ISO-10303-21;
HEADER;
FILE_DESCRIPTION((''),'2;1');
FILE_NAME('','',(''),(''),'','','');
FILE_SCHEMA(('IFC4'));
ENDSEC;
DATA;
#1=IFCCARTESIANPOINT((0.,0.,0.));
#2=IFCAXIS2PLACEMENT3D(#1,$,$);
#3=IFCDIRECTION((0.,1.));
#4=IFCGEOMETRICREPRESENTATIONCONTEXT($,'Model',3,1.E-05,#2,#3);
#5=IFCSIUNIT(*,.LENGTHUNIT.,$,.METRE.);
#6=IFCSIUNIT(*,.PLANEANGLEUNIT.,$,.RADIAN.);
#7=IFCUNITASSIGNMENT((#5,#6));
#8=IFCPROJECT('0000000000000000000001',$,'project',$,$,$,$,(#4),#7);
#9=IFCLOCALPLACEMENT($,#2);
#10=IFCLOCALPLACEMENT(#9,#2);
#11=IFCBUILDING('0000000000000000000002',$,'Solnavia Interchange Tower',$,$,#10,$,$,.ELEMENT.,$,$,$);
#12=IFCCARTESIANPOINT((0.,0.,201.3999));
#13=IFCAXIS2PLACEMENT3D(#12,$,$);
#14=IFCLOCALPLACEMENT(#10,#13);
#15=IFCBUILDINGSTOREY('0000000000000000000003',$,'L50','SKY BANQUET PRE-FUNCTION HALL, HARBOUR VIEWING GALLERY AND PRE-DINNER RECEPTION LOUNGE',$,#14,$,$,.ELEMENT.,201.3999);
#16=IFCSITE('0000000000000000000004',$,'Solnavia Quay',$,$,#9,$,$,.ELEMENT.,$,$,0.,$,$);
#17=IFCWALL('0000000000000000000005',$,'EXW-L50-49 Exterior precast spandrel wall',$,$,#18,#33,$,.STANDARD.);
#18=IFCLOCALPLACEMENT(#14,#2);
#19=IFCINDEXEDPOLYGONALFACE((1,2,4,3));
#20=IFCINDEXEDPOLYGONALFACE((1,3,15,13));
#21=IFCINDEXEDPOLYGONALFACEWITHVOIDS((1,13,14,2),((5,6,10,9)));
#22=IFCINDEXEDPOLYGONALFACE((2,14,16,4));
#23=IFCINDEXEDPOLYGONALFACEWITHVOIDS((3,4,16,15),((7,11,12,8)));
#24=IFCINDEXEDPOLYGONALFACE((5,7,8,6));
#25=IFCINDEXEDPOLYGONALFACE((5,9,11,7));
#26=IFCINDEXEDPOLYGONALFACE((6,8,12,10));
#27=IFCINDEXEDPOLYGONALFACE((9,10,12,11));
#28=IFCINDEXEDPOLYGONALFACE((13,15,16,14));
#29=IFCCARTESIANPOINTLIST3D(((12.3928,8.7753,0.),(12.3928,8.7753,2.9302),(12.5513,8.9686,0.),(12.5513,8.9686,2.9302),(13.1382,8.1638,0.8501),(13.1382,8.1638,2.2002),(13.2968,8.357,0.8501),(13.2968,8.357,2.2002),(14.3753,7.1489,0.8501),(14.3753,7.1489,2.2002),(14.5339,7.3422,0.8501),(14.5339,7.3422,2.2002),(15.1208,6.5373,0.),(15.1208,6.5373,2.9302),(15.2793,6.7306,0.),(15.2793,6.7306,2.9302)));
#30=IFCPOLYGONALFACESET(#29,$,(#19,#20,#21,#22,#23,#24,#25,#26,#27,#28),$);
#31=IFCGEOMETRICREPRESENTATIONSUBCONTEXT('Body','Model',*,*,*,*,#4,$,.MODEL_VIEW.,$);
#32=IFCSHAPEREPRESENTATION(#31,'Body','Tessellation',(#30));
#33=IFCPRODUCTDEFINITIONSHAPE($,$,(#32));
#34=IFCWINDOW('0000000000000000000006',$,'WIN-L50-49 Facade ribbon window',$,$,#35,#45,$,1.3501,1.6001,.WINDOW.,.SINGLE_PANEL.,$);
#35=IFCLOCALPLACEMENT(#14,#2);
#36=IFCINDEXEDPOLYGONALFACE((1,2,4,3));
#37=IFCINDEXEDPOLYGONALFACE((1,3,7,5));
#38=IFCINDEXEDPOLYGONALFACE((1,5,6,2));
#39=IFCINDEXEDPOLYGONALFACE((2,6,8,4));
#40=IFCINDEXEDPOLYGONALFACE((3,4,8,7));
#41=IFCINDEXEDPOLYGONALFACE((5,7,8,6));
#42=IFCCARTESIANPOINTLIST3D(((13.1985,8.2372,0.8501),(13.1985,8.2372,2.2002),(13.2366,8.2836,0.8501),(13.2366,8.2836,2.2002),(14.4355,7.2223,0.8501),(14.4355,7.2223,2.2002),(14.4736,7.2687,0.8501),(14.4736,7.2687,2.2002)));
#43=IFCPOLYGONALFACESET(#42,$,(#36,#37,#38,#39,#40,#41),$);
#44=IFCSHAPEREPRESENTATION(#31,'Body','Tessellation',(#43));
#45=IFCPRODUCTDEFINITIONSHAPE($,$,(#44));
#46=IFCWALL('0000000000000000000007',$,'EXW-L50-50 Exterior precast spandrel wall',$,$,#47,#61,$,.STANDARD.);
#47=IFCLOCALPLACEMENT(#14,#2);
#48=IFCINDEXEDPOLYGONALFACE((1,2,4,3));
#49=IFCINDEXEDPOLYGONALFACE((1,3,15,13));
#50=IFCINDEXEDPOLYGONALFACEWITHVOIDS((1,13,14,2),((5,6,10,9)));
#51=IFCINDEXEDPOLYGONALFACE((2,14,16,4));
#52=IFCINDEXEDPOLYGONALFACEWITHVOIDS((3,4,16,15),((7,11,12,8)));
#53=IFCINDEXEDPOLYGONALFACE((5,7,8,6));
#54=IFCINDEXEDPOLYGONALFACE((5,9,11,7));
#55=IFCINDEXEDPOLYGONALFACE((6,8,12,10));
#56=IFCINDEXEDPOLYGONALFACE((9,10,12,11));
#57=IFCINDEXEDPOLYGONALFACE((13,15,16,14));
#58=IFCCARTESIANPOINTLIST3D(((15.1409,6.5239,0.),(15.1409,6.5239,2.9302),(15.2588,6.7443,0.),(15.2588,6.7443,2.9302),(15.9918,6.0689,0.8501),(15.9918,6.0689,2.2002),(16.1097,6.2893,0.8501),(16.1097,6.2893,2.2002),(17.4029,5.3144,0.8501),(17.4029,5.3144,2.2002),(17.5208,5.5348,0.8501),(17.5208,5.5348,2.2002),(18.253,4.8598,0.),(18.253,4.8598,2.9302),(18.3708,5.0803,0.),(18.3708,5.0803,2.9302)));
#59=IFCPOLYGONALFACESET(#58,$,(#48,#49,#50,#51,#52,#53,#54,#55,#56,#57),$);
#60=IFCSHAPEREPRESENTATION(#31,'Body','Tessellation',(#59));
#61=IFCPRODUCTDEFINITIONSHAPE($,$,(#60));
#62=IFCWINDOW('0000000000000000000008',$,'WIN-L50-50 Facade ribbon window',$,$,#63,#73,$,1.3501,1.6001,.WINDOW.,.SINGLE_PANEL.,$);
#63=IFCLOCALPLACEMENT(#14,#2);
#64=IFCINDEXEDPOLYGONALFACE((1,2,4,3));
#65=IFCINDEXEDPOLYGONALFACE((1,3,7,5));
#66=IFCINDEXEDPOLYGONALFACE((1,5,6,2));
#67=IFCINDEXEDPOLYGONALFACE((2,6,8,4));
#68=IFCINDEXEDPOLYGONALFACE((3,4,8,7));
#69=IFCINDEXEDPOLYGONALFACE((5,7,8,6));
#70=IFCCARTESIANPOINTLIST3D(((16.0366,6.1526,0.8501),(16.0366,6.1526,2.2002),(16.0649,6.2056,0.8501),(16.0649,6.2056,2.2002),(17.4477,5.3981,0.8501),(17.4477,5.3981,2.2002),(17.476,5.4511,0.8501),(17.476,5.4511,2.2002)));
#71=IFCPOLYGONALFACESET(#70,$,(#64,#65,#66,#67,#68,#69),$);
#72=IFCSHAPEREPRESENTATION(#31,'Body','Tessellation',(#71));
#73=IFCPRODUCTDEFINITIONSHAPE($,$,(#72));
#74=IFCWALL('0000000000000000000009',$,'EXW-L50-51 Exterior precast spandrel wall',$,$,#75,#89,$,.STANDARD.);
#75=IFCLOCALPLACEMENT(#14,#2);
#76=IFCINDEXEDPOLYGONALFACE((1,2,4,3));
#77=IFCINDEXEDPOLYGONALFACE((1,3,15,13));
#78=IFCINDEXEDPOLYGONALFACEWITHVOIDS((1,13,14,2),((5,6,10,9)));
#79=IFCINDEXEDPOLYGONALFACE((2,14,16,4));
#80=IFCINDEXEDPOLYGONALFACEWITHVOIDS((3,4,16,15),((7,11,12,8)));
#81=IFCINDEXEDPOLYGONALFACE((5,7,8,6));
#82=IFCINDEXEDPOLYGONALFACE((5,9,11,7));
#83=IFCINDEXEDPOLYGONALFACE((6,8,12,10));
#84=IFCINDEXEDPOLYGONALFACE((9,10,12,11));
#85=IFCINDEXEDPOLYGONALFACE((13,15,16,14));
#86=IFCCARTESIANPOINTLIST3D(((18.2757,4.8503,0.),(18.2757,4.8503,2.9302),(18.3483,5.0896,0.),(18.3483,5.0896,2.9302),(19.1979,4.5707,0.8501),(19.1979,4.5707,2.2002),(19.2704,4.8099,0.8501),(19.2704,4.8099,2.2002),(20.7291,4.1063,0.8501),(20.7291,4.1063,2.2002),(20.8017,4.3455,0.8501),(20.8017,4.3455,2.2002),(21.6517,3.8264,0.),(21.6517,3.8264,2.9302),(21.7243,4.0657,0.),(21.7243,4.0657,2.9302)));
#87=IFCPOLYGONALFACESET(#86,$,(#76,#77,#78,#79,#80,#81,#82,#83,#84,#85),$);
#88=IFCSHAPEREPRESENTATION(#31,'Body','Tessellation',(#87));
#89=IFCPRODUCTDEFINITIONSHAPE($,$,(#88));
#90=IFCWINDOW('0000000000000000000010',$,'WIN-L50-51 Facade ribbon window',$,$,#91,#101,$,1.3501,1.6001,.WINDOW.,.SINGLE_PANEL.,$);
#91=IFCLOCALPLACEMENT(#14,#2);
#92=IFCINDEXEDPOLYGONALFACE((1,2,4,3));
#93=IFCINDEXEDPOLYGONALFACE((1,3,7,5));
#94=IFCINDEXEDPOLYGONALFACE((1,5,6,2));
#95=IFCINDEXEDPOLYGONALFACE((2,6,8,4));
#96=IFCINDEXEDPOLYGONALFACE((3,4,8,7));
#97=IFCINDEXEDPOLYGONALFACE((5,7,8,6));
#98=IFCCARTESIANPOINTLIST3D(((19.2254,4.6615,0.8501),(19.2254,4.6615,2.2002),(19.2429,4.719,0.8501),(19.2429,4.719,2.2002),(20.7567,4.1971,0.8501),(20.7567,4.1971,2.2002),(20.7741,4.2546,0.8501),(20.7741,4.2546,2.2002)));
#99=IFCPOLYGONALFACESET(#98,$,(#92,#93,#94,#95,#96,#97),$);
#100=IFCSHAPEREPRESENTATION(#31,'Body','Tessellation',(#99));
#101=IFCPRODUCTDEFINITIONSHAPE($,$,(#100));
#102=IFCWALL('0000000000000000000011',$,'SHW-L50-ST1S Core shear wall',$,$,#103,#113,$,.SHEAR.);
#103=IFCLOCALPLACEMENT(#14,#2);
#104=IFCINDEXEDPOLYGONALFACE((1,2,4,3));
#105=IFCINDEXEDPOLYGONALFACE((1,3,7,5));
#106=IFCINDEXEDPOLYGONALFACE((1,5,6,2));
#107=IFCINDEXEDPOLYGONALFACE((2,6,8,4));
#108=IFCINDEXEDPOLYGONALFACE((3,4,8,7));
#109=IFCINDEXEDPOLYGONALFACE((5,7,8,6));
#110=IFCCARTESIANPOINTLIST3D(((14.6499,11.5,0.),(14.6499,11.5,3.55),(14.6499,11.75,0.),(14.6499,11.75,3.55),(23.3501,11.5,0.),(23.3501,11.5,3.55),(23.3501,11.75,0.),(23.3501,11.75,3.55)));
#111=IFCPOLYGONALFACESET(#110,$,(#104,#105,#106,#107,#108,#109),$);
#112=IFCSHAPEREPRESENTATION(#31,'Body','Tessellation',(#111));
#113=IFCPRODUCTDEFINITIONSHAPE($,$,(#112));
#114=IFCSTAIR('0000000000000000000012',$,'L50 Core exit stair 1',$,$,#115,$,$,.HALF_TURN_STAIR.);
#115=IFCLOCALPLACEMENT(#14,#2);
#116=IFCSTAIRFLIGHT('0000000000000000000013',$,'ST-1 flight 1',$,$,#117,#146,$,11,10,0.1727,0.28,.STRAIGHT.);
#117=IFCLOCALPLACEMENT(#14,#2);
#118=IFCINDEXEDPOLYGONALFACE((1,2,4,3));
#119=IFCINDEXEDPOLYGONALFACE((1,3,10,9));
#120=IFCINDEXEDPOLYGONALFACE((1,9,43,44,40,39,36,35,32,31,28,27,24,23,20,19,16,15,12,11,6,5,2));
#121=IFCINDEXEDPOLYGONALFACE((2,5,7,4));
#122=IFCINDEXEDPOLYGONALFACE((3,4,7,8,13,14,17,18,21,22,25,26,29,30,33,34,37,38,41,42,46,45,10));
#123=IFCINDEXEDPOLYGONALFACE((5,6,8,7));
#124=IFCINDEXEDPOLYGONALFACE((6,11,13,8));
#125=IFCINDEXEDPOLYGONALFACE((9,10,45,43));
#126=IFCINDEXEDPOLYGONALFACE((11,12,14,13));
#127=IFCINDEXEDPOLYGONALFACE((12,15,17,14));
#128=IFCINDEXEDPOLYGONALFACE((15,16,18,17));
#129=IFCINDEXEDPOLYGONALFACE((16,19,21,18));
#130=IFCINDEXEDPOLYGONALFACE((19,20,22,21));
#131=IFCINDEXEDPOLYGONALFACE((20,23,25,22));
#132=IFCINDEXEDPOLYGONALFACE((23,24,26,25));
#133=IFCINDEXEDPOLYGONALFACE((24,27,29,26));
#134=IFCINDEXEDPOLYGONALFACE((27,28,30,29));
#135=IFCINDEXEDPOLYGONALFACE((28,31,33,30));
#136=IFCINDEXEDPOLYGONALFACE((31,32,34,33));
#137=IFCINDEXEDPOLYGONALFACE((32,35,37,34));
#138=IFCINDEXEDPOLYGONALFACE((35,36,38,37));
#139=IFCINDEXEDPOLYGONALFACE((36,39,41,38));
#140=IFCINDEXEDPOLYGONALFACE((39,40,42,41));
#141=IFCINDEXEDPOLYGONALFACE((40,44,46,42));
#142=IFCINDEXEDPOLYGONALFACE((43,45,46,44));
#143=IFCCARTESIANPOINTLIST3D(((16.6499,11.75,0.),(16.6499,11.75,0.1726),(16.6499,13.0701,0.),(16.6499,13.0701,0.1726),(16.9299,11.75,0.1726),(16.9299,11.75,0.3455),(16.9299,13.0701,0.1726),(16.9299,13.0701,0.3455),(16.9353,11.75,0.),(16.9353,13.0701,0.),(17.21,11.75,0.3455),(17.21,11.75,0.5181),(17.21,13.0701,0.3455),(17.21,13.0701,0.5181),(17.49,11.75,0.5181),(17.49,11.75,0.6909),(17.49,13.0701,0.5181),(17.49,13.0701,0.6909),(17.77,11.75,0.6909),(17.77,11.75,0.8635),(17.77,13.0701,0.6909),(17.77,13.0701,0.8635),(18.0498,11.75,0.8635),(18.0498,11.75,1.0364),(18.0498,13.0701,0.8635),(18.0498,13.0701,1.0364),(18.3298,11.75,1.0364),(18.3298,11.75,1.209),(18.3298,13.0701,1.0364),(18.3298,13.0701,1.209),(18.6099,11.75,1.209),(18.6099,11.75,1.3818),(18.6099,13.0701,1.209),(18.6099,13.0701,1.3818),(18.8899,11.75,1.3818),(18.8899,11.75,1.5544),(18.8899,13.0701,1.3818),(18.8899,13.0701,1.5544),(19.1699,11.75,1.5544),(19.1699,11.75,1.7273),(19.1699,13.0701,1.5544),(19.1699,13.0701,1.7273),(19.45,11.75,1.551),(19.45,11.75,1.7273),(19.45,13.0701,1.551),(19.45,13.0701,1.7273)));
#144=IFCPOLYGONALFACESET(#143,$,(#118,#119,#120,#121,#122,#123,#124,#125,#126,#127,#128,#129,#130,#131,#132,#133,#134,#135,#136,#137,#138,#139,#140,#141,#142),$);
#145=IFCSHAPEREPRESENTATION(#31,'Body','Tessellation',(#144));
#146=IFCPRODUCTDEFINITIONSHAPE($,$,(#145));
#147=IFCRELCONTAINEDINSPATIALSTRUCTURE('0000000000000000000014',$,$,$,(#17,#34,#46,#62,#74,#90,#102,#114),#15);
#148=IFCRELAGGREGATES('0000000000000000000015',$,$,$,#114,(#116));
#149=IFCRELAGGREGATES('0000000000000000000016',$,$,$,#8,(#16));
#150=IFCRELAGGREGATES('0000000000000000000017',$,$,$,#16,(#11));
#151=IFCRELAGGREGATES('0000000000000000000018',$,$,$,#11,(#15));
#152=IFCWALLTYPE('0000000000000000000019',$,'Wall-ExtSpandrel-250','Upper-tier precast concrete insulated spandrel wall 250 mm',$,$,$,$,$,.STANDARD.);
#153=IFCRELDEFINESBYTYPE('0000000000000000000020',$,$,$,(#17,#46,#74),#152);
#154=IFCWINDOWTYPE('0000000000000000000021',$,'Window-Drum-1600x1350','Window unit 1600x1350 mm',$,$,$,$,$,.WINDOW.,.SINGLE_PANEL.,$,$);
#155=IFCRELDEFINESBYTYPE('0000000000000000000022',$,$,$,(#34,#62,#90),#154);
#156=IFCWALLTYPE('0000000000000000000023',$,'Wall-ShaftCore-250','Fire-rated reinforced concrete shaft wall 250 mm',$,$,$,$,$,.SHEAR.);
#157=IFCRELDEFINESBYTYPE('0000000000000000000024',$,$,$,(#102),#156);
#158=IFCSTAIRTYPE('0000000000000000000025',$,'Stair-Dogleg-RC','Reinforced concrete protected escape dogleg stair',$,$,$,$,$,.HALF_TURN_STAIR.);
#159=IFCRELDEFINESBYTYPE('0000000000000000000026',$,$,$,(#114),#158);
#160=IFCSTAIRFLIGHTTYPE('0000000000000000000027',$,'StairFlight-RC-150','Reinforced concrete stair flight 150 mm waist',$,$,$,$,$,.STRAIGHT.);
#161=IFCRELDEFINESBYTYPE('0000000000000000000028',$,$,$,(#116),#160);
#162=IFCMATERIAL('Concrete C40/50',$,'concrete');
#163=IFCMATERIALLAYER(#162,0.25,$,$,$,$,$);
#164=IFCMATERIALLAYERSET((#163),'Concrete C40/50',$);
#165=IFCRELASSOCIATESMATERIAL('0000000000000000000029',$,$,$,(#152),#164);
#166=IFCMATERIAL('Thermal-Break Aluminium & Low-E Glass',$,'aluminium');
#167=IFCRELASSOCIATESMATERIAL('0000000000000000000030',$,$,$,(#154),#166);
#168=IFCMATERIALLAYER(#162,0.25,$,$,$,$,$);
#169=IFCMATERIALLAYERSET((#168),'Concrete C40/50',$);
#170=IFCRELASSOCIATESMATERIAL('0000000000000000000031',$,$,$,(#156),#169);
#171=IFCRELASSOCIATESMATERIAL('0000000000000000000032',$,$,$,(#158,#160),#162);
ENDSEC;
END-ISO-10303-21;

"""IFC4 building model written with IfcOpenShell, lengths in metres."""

from ifc_helpers import new_model, si_unit, direction, frame, frame_2d, origin, place, context, subcontext, project, spatial, polyline, rectangle, outline, extrude, material, layer, layer_set, type_object, element, fill, aggregate, save


model = new_model("IFC4")

# Units and contexts
model_context = context("Model", 3, precision=1e-05, world=origin(), true_north=direction((0.0, 1.0)))
body_context = subcontext(model_context, "Body", "Model", "MODEL_VIEW")
ifc_project = project(units=[si_unit("LENGTHUNIT", "METRE"), si_unit("PLANEANGLEUNIT", "RADIAN")], contexts=[model_context])

# Site, building, storey
site_placement = place(None, origin())
site = spatial("IfcSite", under=ifc_project, at=site_placement, Name="Solnavia Quay", CompositionType="ELEMENT", RefElevation=0.0)
building_placement = place(site_placement, origin())
building = spatial("IfcBuilding", under=site, at=building_placement, Name="Solnavia Interchange Tower", CompositionType="ELEMENT")
storey_placement = place(building_placement, frame((0.0, 0.0, 201.3999)))
storey = spatial("IfcBuildingStorey", under=building, at=storey_placement, Name="L50", Description="SKY BANQUET PRE-FUNCTION HALL, HARBOUR VIEWING GALLERY AND PRE-DINNER RECEPTION LOUNGE", CompositionType="ELEMENT", Elevation=201.3999)

# Walls, openings, windows
ifc_material_1 = material(Name="Concrete C40/50", Category="concrete")
ifc_layer_1 = layer(ifc_material_1, 0.25)
ifc_layer_set_1 = layer_set([ifc_layer_1], Name="Concrete C40/50")
wall_type_1 = type_object("IfcWallType", Name="Wall-ExtSpandrel-250", Description="Upper-tier precast concrete insulated spandrel wall 250 mm", PredefinedType="STANDARD", material=ifc_layer_set_1)
wall_1_placement = place(storey_placement, frame((15.2, 6.634, 0.0), z_axis=(0.0, 0.0, 1.0), x_axis=(-0.773121, 0.634258, 0.0)))
wall_1 = element("IfcWall", 1, at=wall_1_placement, inside=storey, type_object=wall_type_1, Name="EXW-L50-49 Exterior precast spandrel wall", PredefinedType="STANDARD", context=body_context, shape_type="SweptSolid", body=[
    extrude(rectangle(XDim=3.5286, YDim=0.25, at=frame_2d((1.7642, 0.0))), origin(), (0.0, 0.0, 1.0), 2.9302),
])
opening_1_placement = place(wall_1_placement, frame((0.9641, 0.0, 0.8501)))
opening_1 = element("IfcOpeningElement", 2, at=opening_1_placement, cuts=wall_1, PredefinedType="OPENING", context=body_context, shape_type="SweptSolid", body=[
    extrude(rectangle(XDim=1.6001, YDim=1.3501, at=frame_2d((0.8, 0.675))), frame((0.0, 0.135, 0.0), z_axis=(0.0, -1.0, 0.0), x_axis=(1.0, 0.0, 0.0)), (0.0, 0.0, 1.0), 0.27),
])
ifc_material_2 = material(Name="Thermal-Break Aluminium & Low-E Glass", Category="aluminium")
window_type = type_object("IfcWindowType", Name="Window-Drum-1600x1350", Description="Window unit 1600x1350 mm", PartitioningType="SINGLE_PANEL", PredefinedType="WINDOW", material=ifc_material_2)
window_1_placement = place(opening_1_placement, origin())
window_1 = element("IfcWindow", 3, at=window_1_placement, inside=storey, type_object=window_type, Name="WIN-L50-49 Facade ribbon window", OverallHeight=1.3501, OverallWidth=1.6001, PartitioningType="SINGLE_PANEL", PredefinedType="WINDOW", context=body_context, shape_type="SweptSolid", body=[
    extrude(rectangle(XDim=1.6001, YDim=1.3501, at=frame_2d((0.8, 0.675))), frame((0.0, 0.03, 0.0), z_axis=(0.0, -1.0, 0.0), x_axis=(1.0, 0.0, 0.0)), (0.0, 0.0, 1.0), 0.0601),
])
fill(opening_1, window_1)
wall_2_placement = place(storey_placement, frame((18.312, 4.97, 0.0), z_axis=(0.0, 0.0, 1.0), x_axis=(-0.881847, 0.471536, 0.0)))
wall_2 = element("IfcWall", 4, at=wall_2_placement, inside=storey, type_object=wall_type_1, Name="EXW-L50-50 Exterior precast spandrel wall", PredefinedType="STANDARD", context=body_context, shape_type="SweptSolid", body=[
    extrude(rectangle(XDim=3.5291, YDim=0.25, at=frame_2d((1.7646, 0.0))), origin(), (0.0, 0.0, 1.0), 2.9302),
])
opening_2_placement = place(wall_2_placement, frame((0.9641, 0.0, 0.8501)))
opening_2 = element("IfcOpeningElement", 5, at=opening_2_placement, cuts=wall_2, PredefinedType="OPENING", context=body_context, shape_type="SweptSolid", body=[
    extrude(rectangle(XDim=1.6001, YDim=1.3501, at=frame_2d((0.8, 0.675))), frame((0.0, 0.135, 0.0), z_axis=(0.0, -1.0, 0.0), x_axis=(1.0, 0.0, 0.0)), (0.0, 0.0, 1.0), 0.27),
])
window_2_placement = place(opening_2_placement, origin())
window_2 = element("IfcWindow", 6, at=window_2_placement, inside=storey, type_object=window_type, Name="WIN-L50-50 Facade ribbon window", OverallHeight=1.3501, OverallWidth=1.6001, PartitioningType="SINGLE_PANEL", PredefinedType="WINDOW", context=body_context, shape_type="SweptSolid", body=[
    extrude(rectangle(XDim=1.6001, YDim=1.3501, at=frame_2d((0.8, 0.675))), frame((0.0, 0.03, 0.0), z_axis=(0.0, -1.0, 0.0), x_axis=(1.0, 0.0, 0.0)), (0.0, 0.0, 1.0), 0.0601),
])
fill(opening_2, window_2)
wall_3_placement = place(storey_placement, frame((21.688, 3.946, 0.0), z_axis=(0.0, 0.0, 1.0), x_axis=(-0.956953, 0.290242, 0.0)))
wall_3 = element("IfcWall", 7, at=wall_3_placement, inside=storey, type_object=wall_type_1, Name="EXW-L50-51 Exterior precast spandrel wall", PredefinedType="STANDARD", context=body_context, shape_type="SweptSolid", body=[
    extrude(rectangle(XDim=3.5278, YDim=0.25, at=frame_2d((1.7639, 0.0))), origin(), (0.0, 0.0, 1.0), 2.9302),
])
opening_3_placement = place(wall_3_placement, frame((0.9641, 0.0, 0.8501)))
opening_3 = element("IfcOpeningElement", 8, at=opening_3_placement, cuts=wall_3, PredefinedType="OPENING", context=body_context, shape_type="SweptSolid", body=[
    extrude(rectangle(XDim=1.6001, YDim=1.3501, at=frame_2d((0.8, 0.675))), frame((0.0, 0.135, 0.0), z_axis=(0.0, -1.0, 0.0), x_axis=(1.0, 0.0, 0.0)), (0.0, 0.0, 1.0), 0.27),
])
window_3_placement = place(opening_3_placement, origin())
window_3 = element("IfcWindow", 9, at=window_3_placement, inside=storey, type_object=window_type, Name="WIN-L50-51 Facade ribbon window", OverallHeight=1.3501, OverallWidth=1.6001, PartitioningType="SINGLE_PANEL", PredefinedType="WINDOW", context=body_context, shape_type="SweptSolid", body=[
    extrude(rectangle(XDim=1.6001, YDim=1.3501, at=frame_2d((0.8, 0.675))), frame((0.0, 0.03, 0.0), z_axis=(0.0, -1.0, 0.0), x_axis=(1.0, 0.0, 0.0)), (0.0, 0.0, 1.0), 0.0601),
])
fill(opening_3, window_3)

# Wall
ifc_layer_2 = layer(ifc_material_1, 0.25)
ifc_layer_set_2 = layer_set([ifc_layer_2], Name="Concrete C40/50")
wall_type_2 = type_object("IfcWallType", Name="Wall-ShaftCore-250", Description="Fire-rated reinforced concrete shaft wall 250 mm", PredefinedType="SHEAR", material=ifc_layer_set_2)
wall_4_placement = place(storey_placement, frame((14.6499, 11.625, 0.0), z_axis=(0.0, 0.0, 1.0), x_axis=(1.0, 0.0, 0.0)))
element("IfcWall", 10, at=wall_4_placement, inside=storey, type_object=wall_type_2, Name="SHW-L50-ST1S Core shear wall", PredefinedType="SHEAR", context=body_context, shape_type="SweptSolid", body=[
    extrude(rectangle(XDim=8.7002, YDim=0.25, at=frame_2d((4.3501, 0.0))), origin(), (0.0, 0.0, 1.0), 3.55),
])

# Stair, stair flight
stair_type = type_object("IfcStairType", Name="Stair-Dogleg-RC", Description="Reinforced concrete protected escape dogleg stair", PredefinedType="HALF_TURN_STAIR", material=ifc_material_1)
stair_placement = place(storey_placement, origin())
stair = element("IfcStair", 11, at=stair_placement, inside=storey, type_object=stair_type, Name="L50 Core exit stair 1", PredefinedType="HALF_TURN_STAIR")
stair_flight_type = type_object("IfcStairFlightType", Name="StairFlight-RC-150", Description="Reinforced concrete stair flight 150 mm waist", PredefinedType="STRAIGHT", material=ifc_material_1)
stair_flight_placement = place(storey_placement, frame((16.6499, 12.4099, 0.0), z_axis=(0.0, 0.0, 1.0), x_axis=(1.0, 0.0, 0.0)))
stair_flight = element("IfcStairFlight", 12, at=stair_flight_placement, type_object=stair_flight_type, Name="ST-1 flight 1", NumberOfRisers=11, NumberOfTreads=10, PredefinedType="STRAIGHT", RiserHeight=0.1727, TreadLength=0.28, context=body_context, shape_type="SweptSolid", body=[
    extrude(outline(polyline([(0.0, 0.0), (0.0, 0.1726), (0.28, 0.1726), (0.28, 0.3455), (0.5601, 0.3455), (0.5601, 0.5181), (0.8401, 0.5181), (0.8401, 0.6909), (1.1201, 0.6909), (1.1201, 0.8635), (1.3999, 0.8635), (1.3999, 1.0364), (1.6799, 1.0364), (1.6799, 1.209), (1.96, 1.209), (1.96, 1.3818), (2.24, 1.3818), (2.24, 1.5544), (2.52, 1.5544), (2.52, 1.7273), (2.8, 1.7273), (2.8, 1.8999), (2.8, 1.551), (0.2854, 0.0), (0.0, 0.0)])), frame((0.0, 0.6602, 0.0), z_axis=(0.0, -1.0, 0.0), x_axis=(1.0, 0.0, 0.0)), (0.0, 0.0, 1.0), 1.3201),
])
aggregate(stair, [stair_flight])

save(model, "model.ifc")
